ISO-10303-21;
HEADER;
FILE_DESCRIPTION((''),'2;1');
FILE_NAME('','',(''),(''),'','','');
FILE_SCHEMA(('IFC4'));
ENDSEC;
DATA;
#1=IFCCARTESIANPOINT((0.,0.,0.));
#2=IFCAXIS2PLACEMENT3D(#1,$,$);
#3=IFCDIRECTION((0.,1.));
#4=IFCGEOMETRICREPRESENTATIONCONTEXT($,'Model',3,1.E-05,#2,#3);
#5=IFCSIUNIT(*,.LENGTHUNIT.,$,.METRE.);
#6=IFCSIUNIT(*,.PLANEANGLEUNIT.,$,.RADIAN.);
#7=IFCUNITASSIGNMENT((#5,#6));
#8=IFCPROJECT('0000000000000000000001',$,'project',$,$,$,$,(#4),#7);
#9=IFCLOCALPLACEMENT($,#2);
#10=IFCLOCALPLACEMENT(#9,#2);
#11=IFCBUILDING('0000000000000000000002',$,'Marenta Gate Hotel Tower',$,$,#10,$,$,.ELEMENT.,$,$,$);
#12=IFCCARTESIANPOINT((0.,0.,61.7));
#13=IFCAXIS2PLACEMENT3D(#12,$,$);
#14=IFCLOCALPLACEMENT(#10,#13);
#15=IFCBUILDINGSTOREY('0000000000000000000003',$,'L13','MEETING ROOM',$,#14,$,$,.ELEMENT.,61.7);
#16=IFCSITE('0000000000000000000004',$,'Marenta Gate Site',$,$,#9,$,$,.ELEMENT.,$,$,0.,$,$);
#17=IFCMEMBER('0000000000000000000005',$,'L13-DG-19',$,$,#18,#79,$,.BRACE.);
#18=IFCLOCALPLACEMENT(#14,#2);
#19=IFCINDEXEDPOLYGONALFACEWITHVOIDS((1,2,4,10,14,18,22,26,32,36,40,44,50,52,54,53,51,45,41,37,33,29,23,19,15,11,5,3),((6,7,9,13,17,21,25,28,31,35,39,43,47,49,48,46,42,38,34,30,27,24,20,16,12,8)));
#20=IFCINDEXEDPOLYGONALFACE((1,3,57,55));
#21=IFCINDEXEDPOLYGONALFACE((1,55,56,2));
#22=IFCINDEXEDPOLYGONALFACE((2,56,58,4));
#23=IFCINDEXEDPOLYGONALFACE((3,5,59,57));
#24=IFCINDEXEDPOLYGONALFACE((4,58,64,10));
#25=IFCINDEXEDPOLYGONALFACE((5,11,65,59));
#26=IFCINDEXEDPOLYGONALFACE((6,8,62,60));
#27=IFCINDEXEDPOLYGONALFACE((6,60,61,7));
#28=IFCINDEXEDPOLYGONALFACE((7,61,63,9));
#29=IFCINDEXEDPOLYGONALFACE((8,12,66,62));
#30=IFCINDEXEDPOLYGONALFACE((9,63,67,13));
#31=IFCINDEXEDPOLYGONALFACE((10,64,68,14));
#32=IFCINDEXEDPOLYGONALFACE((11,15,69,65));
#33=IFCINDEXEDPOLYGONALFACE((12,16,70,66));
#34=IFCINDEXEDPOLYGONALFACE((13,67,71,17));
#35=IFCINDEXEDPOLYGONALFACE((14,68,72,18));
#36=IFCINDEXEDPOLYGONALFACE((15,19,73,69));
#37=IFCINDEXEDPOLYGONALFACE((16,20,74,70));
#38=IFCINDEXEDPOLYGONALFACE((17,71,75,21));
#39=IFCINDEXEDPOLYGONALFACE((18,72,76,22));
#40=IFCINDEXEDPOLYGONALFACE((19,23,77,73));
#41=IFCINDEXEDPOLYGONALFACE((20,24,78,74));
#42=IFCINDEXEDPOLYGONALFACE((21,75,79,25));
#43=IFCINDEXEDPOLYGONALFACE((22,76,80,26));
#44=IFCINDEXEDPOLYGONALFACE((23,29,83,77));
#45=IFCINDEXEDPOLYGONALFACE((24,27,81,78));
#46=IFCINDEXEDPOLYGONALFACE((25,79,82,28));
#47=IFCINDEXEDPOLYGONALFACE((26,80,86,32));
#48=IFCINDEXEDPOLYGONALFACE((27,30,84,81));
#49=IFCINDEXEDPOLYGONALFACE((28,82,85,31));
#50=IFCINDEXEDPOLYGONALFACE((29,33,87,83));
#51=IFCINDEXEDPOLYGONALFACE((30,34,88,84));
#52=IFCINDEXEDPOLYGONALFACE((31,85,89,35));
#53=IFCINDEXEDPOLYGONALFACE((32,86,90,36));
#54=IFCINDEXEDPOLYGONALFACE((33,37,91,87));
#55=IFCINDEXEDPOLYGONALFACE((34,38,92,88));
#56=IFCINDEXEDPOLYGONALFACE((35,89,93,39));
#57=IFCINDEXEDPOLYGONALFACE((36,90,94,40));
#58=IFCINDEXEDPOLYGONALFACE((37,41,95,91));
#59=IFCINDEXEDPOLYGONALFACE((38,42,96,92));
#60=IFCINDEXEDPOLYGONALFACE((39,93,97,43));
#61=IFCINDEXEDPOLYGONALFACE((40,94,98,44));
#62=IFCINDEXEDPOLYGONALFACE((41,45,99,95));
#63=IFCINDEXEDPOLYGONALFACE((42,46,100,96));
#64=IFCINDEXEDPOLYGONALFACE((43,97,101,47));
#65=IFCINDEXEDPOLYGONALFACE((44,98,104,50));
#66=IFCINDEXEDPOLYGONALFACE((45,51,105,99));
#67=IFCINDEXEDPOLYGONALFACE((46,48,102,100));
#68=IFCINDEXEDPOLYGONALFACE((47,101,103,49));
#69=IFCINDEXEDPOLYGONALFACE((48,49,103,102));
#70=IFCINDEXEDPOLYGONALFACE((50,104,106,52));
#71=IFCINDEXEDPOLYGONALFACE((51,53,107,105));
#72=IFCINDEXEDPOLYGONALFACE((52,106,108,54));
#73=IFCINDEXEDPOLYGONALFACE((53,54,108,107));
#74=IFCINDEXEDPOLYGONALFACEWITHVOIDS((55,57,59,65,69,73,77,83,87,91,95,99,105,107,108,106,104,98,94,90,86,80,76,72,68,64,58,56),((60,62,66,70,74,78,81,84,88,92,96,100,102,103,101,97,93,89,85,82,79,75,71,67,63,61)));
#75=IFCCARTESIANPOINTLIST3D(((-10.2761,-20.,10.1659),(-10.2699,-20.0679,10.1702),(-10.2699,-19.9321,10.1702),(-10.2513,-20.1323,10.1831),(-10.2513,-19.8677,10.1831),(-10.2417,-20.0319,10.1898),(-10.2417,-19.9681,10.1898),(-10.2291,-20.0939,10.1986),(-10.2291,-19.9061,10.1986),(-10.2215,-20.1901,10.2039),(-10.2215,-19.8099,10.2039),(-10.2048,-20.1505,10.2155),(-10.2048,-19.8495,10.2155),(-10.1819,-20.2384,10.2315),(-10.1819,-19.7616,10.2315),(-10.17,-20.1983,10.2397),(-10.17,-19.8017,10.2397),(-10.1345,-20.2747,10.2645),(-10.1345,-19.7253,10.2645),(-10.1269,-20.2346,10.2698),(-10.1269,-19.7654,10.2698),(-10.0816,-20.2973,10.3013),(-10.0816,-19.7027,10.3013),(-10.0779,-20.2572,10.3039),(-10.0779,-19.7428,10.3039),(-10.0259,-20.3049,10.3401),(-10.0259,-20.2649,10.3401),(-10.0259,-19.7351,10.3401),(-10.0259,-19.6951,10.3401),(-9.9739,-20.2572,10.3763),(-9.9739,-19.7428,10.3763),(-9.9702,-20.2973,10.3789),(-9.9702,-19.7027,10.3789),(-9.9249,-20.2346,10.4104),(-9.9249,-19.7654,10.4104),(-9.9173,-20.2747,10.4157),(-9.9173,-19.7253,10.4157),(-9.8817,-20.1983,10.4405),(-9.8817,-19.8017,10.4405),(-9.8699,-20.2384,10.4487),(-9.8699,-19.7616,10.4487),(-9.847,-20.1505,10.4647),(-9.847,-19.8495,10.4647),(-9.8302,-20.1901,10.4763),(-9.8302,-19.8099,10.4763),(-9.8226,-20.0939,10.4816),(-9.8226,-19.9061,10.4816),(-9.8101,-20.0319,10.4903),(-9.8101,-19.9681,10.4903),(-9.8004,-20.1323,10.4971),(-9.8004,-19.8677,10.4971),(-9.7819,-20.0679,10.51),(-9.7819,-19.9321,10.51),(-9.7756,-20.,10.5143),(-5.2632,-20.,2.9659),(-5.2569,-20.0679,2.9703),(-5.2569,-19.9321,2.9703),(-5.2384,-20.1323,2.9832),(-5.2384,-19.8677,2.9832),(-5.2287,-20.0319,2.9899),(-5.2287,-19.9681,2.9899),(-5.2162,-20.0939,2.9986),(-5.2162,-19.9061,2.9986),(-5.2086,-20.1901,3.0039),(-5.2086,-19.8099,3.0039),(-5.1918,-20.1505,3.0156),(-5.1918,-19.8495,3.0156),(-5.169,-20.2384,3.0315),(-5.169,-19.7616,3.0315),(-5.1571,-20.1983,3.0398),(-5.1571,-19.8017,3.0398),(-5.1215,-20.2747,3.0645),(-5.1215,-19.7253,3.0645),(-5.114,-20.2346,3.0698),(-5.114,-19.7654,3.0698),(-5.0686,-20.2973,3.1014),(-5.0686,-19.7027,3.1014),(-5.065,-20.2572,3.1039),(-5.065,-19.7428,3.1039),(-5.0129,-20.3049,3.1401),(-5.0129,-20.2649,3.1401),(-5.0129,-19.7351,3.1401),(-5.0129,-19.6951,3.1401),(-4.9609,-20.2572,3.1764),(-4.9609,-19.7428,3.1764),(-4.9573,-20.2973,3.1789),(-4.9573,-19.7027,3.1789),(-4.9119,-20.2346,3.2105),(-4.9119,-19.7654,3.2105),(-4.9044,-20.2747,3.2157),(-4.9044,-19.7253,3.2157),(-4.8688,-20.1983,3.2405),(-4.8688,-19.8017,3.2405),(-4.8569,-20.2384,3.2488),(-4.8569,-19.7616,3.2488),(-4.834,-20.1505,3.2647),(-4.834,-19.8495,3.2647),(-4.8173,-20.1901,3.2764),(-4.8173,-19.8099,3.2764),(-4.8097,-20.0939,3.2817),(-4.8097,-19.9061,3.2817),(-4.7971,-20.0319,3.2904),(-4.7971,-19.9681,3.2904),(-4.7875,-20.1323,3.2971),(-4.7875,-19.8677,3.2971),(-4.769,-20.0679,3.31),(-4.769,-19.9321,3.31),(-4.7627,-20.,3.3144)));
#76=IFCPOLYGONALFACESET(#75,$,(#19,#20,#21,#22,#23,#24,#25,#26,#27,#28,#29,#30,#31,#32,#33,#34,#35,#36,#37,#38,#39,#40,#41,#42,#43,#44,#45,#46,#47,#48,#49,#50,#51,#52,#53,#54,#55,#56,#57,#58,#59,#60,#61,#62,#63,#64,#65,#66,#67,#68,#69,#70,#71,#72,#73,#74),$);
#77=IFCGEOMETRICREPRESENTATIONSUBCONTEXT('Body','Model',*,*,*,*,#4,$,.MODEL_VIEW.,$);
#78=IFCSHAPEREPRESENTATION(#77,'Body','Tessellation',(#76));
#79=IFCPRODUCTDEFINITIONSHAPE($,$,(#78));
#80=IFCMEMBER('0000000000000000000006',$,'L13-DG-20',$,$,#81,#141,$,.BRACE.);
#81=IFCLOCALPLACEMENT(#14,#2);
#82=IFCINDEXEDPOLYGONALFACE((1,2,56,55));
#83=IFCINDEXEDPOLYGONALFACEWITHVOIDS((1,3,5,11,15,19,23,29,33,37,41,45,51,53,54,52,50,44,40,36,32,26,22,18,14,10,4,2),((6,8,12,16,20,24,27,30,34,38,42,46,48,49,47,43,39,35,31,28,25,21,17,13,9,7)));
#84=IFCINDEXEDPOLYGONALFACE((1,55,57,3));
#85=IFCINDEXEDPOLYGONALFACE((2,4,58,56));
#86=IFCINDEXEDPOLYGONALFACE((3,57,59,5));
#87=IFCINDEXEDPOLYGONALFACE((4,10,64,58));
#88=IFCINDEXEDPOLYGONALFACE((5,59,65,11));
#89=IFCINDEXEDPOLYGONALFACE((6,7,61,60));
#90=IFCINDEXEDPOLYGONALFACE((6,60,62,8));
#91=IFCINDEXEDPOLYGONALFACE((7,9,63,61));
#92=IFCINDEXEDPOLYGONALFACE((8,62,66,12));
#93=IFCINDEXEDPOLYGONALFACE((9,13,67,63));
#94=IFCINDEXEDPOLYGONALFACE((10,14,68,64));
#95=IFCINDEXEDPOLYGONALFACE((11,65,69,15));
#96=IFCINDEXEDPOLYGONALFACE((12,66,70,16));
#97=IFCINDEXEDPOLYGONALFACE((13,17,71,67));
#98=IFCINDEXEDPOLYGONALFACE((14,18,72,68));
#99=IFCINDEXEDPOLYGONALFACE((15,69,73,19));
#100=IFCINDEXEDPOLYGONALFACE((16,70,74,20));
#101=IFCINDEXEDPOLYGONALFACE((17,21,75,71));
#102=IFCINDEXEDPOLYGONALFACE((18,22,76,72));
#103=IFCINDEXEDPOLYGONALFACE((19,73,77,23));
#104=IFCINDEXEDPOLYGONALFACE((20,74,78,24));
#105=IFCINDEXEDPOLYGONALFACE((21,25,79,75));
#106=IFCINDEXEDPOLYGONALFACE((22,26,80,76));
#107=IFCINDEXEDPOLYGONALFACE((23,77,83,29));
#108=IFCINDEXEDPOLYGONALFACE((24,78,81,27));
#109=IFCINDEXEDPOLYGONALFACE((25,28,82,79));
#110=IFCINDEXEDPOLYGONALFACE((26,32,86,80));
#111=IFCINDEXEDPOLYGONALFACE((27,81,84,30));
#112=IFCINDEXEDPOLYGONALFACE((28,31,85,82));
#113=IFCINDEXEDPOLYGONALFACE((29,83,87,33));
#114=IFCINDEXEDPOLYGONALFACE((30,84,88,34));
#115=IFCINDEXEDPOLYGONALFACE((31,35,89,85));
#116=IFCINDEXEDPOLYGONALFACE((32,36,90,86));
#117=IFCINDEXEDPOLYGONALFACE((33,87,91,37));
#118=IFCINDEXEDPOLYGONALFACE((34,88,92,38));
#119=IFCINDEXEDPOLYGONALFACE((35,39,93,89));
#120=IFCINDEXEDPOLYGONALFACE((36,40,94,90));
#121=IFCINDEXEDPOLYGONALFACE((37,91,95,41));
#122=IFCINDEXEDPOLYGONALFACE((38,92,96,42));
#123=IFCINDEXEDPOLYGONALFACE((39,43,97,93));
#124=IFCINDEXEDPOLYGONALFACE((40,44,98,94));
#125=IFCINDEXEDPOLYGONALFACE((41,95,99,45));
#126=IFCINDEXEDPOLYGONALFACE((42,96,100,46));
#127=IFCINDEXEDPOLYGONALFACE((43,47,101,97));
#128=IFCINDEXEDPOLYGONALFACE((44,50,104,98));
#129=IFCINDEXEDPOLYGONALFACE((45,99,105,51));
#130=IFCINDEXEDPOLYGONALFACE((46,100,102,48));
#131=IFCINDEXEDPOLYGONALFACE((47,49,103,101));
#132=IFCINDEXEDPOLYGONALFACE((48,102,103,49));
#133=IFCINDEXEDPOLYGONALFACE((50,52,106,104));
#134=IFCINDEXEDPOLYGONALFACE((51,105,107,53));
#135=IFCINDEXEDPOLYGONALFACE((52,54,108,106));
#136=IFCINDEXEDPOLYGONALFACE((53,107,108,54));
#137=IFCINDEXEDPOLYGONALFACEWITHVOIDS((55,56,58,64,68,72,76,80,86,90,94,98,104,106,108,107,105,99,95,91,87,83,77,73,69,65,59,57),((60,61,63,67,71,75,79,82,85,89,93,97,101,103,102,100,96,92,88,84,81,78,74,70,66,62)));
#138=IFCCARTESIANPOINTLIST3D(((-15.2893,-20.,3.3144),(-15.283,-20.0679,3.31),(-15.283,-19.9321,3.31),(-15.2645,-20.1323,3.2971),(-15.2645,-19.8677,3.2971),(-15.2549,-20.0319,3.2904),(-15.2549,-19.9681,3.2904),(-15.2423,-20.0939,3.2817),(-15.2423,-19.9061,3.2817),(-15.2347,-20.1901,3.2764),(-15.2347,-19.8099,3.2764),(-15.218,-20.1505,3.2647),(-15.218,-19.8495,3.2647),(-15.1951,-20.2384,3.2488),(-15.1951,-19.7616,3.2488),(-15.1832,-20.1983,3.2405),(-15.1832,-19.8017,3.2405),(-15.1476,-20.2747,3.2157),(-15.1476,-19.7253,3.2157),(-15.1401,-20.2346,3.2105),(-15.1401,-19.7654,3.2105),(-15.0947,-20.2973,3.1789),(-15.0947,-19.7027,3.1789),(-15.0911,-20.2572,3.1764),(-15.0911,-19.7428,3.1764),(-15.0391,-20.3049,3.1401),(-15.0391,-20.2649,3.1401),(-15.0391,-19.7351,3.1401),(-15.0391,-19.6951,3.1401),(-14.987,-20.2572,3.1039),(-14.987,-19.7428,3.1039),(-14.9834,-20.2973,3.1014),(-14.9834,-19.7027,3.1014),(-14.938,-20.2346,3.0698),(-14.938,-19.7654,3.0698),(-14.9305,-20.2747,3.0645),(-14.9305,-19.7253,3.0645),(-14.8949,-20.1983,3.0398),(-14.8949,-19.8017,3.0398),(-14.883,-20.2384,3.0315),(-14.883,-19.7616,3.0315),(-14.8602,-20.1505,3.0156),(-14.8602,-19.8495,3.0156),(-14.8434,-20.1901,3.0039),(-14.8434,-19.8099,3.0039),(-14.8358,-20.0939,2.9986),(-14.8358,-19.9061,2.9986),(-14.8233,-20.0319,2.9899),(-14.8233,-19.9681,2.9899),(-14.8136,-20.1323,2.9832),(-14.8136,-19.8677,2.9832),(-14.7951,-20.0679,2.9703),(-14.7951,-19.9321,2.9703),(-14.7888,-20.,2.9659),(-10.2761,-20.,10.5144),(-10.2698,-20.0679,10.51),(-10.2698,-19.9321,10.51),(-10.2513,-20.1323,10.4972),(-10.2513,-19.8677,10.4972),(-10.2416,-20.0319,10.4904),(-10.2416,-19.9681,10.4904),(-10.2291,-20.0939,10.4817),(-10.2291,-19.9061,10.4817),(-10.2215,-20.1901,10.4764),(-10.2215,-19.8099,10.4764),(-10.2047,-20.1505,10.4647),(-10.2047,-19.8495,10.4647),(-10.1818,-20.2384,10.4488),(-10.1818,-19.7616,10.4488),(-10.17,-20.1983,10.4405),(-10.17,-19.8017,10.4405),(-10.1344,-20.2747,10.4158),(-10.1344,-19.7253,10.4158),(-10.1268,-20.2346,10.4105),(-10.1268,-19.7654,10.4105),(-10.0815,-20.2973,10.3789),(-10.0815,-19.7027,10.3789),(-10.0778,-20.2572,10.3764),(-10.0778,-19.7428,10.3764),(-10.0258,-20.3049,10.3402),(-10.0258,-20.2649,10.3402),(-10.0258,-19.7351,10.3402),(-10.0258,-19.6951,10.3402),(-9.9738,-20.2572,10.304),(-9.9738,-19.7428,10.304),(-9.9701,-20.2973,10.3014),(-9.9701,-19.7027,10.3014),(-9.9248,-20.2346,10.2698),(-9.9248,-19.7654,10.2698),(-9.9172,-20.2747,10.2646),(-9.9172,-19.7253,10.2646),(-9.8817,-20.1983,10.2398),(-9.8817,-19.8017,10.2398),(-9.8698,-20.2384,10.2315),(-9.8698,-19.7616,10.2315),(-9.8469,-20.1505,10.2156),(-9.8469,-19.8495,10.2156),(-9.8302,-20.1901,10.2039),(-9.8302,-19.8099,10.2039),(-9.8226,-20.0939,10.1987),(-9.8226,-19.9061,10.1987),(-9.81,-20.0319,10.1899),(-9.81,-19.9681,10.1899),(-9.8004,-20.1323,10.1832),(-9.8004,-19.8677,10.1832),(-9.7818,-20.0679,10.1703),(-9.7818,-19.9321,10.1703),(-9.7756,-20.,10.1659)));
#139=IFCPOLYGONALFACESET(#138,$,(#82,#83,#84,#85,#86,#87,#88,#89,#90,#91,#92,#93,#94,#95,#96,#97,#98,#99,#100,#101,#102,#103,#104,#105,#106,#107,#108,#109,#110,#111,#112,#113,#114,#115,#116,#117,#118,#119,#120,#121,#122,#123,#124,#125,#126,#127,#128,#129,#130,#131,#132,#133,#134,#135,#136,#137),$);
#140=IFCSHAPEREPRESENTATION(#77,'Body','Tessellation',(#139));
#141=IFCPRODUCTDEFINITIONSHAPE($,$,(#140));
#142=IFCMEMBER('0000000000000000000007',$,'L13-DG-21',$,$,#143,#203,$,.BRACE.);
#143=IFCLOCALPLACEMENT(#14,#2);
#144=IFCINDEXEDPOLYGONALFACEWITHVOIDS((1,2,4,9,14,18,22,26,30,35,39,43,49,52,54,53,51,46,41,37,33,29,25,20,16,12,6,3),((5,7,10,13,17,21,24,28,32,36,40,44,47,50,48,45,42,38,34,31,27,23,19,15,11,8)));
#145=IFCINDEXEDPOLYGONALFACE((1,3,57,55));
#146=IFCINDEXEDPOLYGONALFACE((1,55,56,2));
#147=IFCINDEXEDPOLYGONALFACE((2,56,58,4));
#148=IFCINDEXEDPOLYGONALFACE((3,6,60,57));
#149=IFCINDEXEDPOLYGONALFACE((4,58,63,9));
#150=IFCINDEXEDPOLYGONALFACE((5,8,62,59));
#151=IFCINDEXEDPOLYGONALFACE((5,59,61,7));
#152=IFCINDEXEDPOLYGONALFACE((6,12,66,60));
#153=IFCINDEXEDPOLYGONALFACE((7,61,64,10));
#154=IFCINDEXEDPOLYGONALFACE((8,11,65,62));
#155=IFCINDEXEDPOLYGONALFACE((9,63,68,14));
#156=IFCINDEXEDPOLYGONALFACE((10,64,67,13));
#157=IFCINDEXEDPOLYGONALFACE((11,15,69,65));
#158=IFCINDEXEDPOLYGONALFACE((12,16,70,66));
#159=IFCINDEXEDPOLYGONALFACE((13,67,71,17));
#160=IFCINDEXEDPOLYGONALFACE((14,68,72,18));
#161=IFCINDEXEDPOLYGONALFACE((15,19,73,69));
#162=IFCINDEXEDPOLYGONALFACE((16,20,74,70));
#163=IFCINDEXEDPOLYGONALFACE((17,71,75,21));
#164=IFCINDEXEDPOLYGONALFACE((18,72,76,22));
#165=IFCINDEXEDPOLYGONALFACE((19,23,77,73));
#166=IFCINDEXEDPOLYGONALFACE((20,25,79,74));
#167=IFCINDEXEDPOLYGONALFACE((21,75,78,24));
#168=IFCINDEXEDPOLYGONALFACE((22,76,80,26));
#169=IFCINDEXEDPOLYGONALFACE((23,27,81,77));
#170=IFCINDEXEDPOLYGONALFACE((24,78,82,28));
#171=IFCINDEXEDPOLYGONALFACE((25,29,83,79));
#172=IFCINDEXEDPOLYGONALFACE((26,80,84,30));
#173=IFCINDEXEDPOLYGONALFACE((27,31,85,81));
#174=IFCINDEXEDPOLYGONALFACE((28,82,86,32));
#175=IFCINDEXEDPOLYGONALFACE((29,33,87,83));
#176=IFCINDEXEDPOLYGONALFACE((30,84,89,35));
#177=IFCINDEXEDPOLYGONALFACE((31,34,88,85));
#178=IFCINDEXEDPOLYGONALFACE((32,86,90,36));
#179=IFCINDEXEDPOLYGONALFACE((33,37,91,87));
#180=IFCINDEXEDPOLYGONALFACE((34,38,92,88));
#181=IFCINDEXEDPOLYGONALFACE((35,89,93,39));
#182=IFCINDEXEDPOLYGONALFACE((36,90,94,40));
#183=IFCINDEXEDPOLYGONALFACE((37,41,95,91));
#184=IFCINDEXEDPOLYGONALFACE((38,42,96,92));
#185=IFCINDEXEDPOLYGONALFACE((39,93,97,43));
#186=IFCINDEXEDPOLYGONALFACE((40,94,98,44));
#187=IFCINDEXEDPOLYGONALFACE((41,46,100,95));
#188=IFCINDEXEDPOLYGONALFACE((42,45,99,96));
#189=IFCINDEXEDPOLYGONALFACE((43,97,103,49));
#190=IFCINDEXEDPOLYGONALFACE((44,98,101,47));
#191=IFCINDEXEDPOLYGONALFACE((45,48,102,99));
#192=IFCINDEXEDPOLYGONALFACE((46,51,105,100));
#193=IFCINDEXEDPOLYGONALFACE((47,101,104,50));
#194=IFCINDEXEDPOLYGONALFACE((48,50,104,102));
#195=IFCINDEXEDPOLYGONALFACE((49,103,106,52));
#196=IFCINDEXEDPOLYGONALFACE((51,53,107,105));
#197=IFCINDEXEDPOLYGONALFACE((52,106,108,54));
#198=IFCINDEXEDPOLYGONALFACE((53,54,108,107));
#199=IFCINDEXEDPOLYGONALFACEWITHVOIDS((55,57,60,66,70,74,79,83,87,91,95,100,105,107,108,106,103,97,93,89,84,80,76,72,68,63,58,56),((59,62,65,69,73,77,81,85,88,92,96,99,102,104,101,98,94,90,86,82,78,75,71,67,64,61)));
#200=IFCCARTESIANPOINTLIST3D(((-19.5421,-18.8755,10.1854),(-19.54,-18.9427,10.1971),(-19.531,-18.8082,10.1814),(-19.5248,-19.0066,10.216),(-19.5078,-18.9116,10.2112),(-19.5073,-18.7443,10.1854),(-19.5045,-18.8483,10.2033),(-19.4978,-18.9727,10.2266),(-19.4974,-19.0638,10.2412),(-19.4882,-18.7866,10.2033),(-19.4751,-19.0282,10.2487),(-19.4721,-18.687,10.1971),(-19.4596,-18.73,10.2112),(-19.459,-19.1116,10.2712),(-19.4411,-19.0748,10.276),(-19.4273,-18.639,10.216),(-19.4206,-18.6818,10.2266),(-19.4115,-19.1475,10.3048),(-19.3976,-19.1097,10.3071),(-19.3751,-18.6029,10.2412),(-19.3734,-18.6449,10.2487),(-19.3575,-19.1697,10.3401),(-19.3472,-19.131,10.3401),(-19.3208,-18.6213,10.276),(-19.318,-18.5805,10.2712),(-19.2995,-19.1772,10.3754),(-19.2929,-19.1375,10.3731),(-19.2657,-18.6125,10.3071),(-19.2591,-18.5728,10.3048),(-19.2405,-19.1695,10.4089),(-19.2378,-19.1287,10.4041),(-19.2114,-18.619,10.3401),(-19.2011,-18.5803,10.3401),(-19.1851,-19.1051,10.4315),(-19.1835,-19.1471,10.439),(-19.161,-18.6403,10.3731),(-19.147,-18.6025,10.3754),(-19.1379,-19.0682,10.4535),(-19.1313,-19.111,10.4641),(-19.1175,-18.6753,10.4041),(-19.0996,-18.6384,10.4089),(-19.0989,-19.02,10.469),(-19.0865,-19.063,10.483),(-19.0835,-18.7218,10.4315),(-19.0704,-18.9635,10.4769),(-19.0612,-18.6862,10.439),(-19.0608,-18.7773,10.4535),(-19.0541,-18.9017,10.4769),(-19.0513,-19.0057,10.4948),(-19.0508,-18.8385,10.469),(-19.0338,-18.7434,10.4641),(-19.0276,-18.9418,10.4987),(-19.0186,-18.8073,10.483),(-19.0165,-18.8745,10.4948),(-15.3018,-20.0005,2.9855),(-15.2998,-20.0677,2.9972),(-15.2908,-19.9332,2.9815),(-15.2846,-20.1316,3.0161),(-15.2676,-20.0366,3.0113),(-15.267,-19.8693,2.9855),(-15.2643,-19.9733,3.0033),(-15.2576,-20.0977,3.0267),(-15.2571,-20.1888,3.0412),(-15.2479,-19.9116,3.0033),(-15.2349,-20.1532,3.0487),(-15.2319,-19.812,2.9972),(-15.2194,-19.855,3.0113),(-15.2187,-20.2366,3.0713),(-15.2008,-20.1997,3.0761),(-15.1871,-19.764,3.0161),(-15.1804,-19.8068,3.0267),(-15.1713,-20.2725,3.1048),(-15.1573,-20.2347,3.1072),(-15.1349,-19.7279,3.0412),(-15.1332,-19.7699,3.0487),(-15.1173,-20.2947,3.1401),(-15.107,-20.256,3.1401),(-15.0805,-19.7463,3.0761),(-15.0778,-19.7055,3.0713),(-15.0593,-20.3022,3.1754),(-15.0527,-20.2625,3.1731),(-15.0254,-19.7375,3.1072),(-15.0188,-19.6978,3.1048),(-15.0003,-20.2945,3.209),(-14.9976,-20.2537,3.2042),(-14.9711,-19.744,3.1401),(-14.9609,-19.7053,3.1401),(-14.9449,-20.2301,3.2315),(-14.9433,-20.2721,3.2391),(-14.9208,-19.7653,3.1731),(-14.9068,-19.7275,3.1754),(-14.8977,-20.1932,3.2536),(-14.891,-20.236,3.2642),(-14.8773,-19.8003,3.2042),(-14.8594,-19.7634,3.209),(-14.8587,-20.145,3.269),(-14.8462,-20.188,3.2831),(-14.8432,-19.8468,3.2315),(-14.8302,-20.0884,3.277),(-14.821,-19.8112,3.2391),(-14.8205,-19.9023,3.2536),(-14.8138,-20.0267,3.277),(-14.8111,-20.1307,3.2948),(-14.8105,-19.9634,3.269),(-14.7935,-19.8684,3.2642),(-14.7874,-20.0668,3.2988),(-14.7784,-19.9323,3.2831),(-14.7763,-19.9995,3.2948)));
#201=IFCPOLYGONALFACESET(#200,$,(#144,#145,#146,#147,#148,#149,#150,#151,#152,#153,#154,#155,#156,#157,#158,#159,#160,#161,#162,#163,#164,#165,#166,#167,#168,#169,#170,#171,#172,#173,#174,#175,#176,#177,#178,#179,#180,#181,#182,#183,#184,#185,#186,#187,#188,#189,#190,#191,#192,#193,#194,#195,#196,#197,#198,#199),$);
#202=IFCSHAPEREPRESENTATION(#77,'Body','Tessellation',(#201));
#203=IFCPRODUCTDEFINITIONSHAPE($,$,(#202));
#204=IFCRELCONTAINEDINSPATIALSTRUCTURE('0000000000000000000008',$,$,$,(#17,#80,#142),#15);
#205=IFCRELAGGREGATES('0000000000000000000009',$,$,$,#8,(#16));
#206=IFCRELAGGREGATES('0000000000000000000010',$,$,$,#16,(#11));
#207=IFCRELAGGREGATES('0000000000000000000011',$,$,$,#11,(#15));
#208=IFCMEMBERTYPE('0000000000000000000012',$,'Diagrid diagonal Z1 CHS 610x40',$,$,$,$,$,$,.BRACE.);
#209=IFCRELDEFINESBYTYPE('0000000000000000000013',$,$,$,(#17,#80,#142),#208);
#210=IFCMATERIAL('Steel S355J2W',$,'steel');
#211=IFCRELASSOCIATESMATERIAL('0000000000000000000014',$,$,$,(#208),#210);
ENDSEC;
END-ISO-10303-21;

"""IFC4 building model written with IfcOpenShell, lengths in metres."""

from ifc_helpers import new_model, si_unit, direction, frame, origin, origin_2d, place, context, subcontext, project, spatial, hollow_circle, extrude, material, material_profile, profile_set, type_object, element, save


model = new_model("IFC4")

# Units and contexts
model_context = context("Model", 3, precision=1e-05, world=origin(), true_north=direction((0.0, 1.0)))
body_context = subcontext(model_context, "Body", "Model", "MODEL_VIEW")
ifc_project = project(units=[si_unit("LENGTHUNIT", "METRE"), si_unit("PLANEANGLEUNIT", "RADIAN")], contexts=[model_context])

# Site, building, storey
site_placement = place(None, origin())
site = spatial("IfcSite", under=ifc_project, at=site_placement, Name="Marenta Gate Site", CompositionType="ELEMENT", RefElevation=0.0)
building_placement = place(site_placement, origin())
building = spatial("IfcBuilding", under=site, at=building_placement, Name="Marenta Gate Hotel Tower", CompositionType="ELEMENT")
storey_placement = place(building_placement, frame((0.0, 0.0, 61.7)))
storey = spatial("IfcBuildingStorey", under=building, at=storey_placement, Name="L13", Description="MEETING ROOM", CompositionType="ELEMENT", Elevation=61.7)

# Members
ifc_material_1 = material(Name="Steel S355J2W", Category="steel")
ifc_material_profile_1 = material_profile(ifc_material_1, hollow_circle(Radius=0.3049, WallThickness=0.04, at=origin_2d()), Name="CHS 610x40")
ifc_profile_set_1 = profile_set([ifc_material_profile_1], Name="Steel S355J2W")
member_type_1 = type_object("IfcMemberType", Name="Diagrid diagonal Z1 CHS 610x40", PredefinedType="BRACE", material=ifc_profile_set_1)
for number, where, z_axis, x_axis, name in (
    (1, (-5.0129, -20.0, 3.1401), (-0.571393, 0.0, 0.820677), (0.0, -1.0, 0.0), "L13-DG-19"),
):
    element("IfcMember", number, at=place(storey_placement, frame(where, z_axis=z_axis, x_axis=x_axis)), inside=storey, type_object=member_type_1, Name=name, PredefinedType="BRACE", context=body_context, shape_type="SweptSolid", body=[
        extrude(hollow_circle(Radius=0.3049, WallThickness=0.04, at=origin_2d()), origin(), (0.0, 0.0, 1.0), 8.7732),
    ])
member_1_placement = place(storey_placement, frame((-15.0391, -20.0, 3.1401), z_axis=(0.571412, 0.0, 0.820664), x_axis=(0.0, 1.0, 0.0)))
element("IfcMember", 2, at=member_1_placement, inside=storey, type_object=member_type_1, Name="L13-DG-20", PredefinedType="BRACE", context=body_context, shape_type="SweptSolid", body=[
    extrude(hollow_circle(Radius=0.3049, WallThickness=0.04, at=origin_2d()), origin(), (0.0, 0.0, 1.0), 8.7734),
])
member_2_placement = place(storey_placement, frame((-15.0391, -20.0, 3.1401), z_axis=(-0.502924, 0.133434, 0.853969), x_axis=(-0.256443, -0.966559, 0.0)))
element("IfcMember", 3, at=member_2_placement, inside=storey, type_object=member_type_1, Name="L13-DG-21", PredefinedType="BRACE", context=body_context, shape_type="SweptSolid", body=[
    extrude(hollow_circle(Radius=0.3049, WallThickness=0.04, at=origin_2d()), origin(), (0.0, 0.0, 1.0), 8.4312),
])

save(model, "model.ifc")
